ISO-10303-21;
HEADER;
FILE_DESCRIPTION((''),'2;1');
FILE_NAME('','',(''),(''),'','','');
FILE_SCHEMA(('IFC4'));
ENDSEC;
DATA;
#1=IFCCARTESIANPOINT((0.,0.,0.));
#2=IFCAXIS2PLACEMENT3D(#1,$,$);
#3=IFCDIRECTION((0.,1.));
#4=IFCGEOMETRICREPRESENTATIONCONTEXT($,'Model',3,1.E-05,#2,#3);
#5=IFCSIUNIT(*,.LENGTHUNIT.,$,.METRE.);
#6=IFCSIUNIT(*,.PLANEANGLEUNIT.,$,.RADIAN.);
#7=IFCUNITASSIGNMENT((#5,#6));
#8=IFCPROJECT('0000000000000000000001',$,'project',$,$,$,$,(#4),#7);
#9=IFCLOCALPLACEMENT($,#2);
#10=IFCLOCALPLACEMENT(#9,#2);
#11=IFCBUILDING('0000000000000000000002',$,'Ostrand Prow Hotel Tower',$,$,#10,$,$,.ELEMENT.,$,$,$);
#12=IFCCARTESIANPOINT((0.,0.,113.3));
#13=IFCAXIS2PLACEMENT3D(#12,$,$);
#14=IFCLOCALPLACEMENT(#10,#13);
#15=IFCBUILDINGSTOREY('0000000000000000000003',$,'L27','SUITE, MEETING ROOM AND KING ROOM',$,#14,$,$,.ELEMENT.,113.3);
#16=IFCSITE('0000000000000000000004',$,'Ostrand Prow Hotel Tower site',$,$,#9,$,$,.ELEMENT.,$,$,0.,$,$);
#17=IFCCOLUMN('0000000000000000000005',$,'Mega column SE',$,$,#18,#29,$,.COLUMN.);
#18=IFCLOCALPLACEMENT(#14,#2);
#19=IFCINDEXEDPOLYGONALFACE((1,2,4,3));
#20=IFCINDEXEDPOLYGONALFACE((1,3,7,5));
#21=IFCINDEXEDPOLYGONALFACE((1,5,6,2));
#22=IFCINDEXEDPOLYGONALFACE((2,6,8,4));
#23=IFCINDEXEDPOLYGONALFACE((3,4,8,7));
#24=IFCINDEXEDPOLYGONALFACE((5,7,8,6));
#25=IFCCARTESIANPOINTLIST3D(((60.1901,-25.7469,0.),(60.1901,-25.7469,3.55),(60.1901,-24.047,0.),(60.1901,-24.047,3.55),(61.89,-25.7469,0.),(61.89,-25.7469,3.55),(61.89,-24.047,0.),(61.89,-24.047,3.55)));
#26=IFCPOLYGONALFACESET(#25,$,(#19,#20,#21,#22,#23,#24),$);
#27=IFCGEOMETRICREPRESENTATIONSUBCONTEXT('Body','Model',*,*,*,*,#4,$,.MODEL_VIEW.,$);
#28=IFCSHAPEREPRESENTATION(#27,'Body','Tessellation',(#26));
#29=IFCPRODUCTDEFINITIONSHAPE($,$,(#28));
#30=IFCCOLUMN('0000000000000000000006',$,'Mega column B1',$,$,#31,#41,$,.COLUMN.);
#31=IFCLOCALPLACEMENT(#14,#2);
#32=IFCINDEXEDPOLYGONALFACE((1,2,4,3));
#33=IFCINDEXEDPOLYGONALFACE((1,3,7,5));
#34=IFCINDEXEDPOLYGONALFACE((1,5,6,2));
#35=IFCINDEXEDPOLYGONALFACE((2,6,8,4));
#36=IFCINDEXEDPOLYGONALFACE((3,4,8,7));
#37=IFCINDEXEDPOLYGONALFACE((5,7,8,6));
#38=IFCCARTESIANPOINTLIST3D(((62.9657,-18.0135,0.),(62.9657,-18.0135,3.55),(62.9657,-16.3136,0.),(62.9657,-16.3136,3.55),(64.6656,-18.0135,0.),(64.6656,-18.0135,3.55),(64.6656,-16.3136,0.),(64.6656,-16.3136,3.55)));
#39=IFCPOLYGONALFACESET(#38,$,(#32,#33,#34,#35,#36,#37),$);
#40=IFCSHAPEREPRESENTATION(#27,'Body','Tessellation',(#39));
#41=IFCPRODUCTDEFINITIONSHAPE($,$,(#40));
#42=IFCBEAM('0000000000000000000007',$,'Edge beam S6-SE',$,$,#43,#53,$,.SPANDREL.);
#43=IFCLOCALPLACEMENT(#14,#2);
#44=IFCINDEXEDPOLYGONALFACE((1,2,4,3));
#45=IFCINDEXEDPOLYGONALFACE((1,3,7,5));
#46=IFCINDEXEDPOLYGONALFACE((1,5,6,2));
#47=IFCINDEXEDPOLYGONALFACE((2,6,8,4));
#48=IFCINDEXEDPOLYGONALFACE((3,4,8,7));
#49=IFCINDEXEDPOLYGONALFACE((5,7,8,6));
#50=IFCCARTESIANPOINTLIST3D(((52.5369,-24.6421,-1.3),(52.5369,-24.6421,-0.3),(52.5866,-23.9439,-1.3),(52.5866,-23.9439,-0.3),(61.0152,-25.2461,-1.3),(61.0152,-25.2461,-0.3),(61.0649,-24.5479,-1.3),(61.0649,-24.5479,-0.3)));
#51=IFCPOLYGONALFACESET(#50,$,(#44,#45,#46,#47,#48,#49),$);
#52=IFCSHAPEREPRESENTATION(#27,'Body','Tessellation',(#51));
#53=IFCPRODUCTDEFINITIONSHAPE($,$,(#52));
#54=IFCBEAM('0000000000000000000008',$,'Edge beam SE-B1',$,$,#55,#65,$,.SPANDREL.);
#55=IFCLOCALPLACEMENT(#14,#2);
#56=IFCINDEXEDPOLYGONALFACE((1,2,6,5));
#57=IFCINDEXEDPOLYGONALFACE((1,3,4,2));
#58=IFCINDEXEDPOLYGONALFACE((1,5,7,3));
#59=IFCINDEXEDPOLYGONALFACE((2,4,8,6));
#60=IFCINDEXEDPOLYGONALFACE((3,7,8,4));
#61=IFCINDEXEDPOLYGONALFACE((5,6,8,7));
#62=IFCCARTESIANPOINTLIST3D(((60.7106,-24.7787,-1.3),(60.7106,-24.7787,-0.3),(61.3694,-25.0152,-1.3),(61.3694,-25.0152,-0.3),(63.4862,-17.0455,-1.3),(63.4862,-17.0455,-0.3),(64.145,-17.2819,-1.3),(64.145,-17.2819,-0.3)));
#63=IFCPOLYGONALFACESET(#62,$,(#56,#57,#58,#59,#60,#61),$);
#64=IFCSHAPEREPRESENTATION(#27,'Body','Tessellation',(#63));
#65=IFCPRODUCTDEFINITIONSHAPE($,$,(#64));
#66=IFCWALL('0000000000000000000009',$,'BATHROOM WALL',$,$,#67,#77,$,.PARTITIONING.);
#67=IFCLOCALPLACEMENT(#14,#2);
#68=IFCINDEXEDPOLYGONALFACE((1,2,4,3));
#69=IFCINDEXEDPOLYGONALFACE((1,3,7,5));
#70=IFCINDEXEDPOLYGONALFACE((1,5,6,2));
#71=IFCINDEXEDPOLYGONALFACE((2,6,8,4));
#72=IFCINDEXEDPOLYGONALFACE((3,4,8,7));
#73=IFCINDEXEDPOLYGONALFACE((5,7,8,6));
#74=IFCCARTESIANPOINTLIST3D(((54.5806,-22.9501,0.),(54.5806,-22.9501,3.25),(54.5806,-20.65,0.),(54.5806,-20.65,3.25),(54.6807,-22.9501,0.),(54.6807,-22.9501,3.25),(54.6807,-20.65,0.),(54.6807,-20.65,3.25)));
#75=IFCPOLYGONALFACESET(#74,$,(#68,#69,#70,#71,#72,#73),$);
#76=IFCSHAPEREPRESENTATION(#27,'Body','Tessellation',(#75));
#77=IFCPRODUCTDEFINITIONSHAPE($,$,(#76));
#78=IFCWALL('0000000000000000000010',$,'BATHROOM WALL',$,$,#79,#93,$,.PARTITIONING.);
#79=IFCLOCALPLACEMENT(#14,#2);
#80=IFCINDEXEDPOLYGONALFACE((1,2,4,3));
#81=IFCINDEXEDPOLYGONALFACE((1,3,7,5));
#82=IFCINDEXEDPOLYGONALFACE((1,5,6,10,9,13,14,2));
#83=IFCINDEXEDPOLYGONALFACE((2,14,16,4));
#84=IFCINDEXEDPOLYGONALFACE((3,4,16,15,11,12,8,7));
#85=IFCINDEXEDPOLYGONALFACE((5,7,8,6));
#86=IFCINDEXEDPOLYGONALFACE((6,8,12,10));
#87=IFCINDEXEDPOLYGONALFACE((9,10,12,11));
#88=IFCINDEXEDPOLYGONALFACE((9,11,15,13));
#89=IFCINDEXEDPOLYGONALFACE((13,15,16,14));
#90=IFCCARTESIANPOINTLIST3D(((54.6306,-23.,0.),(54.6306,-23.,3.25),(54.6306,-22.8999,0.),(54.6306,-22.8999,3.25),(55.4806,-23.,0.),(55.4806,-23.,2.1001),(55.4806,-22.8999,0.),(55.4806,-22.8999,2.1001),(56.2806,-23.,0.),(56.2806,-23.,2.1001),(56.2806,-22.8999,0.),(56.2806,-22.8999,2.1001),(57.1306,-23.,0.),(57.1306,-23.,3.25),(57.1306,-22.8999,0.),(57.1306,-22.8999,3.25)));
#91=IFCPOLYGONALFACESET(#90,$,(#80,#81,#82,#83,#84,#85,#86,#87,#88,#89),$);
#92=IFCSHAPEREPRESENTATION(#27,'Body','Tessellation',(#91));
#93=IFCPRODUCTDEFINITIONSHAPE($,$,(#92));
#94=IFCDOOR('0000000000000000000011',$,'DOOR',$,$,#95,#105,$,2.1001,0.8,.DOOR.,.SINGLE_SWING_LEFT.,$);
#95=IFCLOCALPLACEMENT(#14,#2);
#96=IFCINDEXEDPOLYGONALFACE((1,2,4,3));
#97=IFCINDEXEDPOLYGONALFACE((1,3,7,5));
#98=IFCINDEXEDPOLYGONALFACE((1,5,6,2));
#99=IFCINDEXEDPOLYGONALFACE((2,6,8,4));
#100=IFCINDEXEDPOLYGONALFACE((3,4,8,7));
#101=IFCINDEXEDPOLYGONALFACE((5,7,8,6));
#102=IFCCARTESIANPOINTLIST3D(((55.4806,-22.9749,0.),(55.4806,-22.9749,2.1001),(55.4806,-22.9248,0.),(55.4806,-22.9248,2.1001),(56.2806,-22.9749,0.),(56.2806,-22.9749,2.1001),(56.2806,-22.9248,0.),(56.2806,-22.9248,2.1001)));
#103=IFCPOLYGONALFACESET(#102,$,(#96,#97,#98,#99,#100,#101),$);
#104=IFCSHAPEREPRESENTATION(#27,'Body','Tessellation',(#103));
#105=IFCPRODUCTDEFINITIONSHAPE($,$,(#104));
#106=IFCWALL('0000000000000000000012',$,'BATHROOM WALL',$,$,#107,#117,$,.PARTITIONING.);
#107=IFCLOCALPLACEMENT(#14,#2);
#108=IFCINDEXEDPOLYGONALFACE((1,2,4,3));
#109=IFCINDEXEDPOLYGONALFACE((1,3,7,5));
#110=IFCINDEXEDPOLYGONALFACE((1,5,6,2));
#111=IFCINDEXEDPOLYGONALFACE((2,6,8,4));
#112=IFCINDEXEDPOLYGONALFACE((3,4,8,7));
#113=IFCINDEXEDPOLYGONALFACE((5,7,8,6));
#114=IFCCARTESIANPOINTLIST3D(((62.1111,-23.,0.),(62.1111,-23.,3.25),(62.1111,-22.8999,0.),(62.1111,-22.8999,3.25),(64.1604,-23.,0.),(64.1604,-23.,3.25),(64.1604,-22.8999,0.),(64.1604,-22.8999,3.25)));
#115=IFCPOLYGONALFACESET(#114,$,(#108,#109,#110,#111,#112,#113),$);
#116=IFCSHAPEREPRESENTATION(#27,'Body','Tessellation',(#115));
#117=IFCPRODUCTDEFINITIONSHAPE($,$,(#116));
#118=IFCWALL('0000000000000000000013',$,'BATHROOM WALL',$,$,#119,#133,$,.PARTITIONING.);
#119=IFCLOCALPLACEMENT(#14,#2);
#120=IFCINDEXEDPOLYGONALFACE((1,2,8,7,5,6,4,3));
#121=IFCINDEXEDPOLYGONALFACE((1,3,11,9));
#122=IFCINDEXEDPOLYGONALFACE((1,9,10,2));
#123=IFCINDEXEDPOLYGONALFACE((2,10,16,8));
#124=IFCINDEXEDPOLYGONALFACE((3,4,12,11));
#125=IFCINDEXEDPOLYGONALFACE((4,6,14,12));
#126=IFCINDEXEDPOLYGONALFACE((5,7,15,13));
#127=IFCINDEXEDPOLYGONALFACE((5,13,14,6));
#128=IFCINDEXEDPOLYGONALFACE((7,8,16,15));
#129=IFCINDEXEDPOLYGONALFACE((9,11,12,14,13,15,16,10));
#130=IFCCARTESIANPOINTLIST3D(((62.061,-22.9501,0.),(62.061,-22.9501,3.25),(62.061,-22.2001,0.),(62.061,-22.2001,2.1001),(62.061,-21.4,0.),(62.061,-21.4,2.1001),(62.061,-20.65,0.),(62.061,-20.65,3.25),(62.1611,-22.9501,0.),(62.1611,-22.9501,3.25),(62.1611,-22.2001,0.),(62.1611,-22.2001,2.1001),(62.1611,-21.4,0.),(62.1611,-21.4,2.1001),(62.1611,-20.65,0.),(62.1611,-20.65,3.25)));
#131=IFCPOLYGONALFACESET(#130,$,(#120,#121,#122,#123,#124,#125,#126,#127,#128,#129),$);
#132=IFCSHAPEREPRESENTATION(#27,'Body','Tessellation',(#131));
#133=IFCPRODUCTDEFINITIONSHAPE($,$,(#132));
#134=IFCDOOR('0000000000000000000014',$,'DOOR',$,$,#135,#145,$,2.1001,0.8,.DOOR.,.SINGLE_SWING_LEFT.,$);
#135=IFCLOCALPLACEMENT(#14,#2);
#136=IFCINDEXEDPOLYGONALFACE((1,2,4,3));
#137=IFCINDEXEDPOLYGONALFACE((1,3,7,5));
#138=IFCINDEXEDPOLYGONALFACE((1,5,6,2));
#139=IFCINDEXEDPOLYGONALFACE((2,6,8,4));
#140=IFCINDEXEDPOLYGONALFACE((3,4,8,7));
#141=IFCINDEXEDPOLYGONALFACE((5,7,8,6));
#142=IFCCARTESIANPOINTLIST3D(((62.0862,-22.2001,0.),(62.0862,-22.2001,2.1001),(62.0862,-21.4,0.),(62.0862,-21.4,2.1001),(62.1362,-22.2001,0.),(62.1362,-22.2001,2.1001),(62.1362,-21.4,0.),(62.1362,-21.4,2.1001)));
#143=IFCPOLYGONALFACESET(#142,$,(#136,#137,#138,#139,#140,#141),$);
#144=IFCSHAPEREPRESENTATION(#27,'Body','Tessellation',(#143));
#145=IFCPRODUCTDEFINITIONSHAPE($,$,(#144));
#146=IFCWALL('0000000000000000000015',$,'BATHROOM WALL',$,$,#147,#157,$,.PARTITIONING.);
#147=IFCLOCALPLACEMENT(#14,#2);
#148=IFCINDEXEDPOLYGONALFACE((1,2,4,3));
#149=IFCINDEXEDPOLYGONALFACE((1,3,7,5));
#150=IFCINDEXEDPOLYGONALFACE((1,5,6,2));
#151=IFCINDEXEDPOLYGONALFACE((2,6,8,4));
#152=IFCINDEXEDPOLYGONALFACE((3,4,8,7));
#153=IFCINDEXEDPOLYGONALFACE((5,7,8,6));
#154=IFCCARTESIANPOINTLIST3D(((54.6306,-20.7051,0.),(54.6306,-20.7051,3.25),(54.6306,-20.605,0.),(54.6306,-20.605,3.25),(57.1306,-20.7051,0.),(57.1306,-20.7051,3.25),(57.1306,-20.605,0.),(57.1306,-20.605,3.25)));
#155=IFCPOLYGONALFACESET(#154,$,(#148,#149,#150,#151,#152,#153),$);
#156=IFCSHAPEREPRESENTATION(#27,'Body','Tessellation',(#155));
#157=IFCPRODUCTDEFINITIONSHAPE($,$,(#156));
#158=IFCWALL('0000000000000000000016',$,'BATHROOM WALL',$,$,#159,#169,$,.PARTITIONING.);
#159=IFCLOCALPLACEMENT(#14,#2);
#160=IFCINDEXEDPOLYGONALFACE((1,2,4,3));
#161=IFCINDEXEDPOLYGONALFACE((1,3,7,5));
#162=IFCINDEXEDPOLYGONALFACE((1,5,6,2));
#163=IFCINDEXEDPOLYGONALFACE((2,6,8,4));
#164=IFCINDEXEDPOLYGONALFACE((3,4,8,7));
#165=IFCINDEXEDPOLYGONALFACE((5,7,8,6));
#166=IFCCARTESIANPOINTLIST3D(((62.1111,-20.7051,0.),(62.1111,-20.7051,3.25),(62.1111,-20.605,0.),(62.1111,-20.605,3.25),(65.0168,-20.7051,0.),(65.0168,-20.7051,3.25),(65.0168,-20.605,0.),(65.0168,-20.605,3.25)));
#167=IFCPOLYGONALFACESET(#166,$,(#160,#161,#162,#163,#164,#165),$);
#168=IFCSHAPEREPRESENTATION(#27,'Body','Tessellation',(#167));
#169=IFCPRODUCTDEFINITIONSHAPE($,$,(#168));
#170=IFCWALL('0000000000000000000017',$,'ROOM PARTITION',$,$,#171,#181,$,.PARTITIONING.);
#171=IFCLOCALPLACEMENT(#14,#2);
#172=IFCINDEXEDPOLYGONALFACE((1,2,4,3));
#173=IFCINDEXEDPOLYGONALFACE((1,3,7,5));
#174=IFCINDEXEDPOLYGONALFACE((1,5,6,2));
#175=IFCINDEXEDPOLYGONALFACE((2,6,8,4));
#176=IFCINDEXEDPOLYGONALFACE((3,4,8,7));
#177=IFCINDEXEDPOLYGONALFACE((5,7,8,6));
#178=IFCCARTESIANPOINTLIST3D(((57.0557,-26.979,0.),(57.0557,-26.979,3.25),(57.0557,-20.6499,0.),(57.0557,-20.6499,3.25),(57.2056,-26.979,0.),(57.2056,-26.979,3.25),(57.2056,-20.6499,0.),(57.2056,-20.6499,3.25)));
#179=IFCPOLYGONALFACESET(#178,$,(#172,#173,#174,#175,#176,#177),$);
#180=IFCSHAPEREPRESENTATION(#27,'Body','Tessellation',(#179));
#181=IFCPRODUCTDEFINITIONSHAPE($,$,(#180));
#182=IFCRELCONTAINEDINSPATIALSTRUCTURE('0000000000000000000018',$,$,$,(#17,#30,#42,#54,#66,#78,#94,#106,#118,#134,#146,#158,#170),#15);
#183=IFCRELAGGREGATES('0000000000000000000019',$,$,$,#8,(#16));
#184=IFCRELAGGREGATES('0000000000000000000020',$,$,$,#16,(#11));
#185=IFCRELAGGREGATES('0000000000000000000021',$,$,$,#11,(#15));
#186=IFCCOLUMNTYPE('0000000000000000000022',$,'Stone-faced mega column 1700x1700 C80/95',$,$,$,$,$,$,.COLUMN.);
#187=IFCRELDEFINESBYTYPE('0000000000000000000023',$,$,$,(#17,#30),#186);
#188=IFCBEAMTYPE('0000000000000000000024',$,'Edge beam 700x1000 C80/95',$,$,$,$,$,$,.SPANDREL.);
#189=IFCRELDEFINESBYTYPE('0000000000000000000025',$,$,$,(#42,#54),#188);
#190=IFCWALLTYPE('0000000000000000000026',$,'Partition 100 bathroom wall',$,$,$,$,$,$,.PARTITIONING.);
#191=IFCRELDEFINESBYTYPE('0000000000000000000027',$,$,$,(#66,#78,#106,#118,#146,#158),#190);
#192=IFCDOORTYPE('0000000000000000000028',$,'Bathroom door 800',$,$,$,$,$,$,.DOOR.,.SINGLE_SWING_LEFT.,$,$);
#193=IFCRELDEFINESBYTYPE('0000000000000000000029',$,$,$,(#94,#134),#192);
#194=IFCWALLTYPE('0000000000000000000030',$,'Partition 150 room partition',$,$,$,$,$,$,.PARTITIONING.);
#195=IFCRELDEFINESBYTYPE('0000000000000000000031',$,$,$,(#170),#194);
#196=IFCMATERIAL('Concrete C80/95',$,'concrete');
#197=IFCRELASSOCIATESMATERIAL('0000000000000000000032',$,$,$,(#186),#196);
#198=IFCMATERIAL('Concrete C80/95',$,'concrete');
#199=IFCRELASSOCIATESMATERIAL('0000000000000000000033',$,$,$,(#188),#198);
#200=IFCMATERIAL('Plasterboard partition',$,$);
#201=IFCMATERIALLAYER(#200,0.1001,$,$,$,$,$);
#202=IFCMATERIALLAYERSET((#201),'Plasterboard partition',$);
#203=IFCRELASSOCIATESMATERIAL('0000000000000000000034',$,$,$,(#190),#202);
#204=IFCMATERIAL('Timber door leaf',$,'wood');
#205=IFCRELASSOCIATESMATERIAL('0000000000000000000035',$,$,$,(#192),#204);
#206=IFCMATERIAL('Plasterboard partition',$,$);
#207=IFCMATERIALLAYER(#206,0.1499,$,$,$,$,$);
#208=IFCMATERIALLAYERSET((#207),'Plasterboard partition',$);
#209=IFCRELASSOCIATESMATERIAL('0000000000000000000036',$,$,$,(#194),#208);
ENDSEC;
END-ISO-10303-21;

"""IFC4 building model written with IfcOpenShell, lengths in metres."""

from ifc_helpers import new_model, si_unit, direction, frame, frame_2d, origin, origin_2d, place, context, subcontext, project, spatial, rectangle, extrude, material, layer, layer_set, material_profile, profile_set, type_object, element, fill, save


model = new_model("IFC4")

# Units and contexts
model_context = context("Model", 3, precision=1e-05, world=origin(), true_north=direction((0.0, 1.0)))
body_context = subcontext(model_context, "Body", "Model", "MODEL_VIEW")
ifc_project = project(units=[si_unit("LENGTHUNIT", "METRE"), si_unit("PLANEANGLEUNIT", "RADIAN")], contexts=[model_context])

# Site, building, storey
site_placement = place(None, origin())
site = spatial("IfcSite", under=ifc_project, at=site_placement, Name="Ostrand Prow Hotel Tower site", CompositionType="ELEMENT", RefElevation=0.0)
building_placement = place(site_placement, origin())
building = spatial("IfcBuilding", under=site, at=building_placement, Name="Ostrand Prow Hotel Tower", CompositionType="ELEMENT")
storey_placement = place(building_placement, frame((0.0, 0.0, 113.3)))
storey = spatial("IfcBuildingStorey", under=building, at=storey_placement, Name="L27", Description="SUITE, MEETING ROOM AND KING ROOM", CompositionType="ELEMENT", Elevation=113.3)

# Columns
ifc_material_1 = material(Name="Concrete C80/95", Category="concrete")
ifc_material_profile_1 = material_profile(ifc_material_1, rectangle(XDim=1.7, YDim=1.7, at=origin_2d()), Name="RC 1700x1700")
ifc_profile_set_1 = profile_set([ifc_material_profile_1], Name="Concrete C80/95")
column_type = type_object("IfcColumnType", Name="Stone-faced mega column 1700x1700 C80/95", PredefinedType="COLUMN", material=ifc_profile_set_1)
for number, where, z_axis, x_axis, name in (
    (1, (61.04, -24.897, 0.0), (0.0, 0.0, 1.0), (1.0, 0.0, 0.0), "Mega column SE"),
    (2, (63.8157, -17.1636, 0.0), (0.0, 0.0, 1.0), (1.0, 0.0, 0.0), "Mega column B1"),
):
    element("IfcColumn", number, at=place(storey_placement, frame(where, z_axis=z_axis, x_axis=x_axis)), inside=storey, type_object=column_type, Name=name, PredefinedType="COLUMN", context=body_context, shape_type="SweptSolid", body=[
        extrude(rectangle(XDim=1.7, YDim=1.7, at=origin_2d()), origin(), (0.0, 0.0, 1.0), 3.55),
    ])

# Beams
ifc_material_2 = material(Name="Concrete C80/95", Category="concrete")
ifc_material_profile_2 = material_profile(ifc_material_2, rectangle(XDim=0.7, YDim=1.0, at=origin_2d()), Name="RC 700x1000")
ifc_profile_set_2 = profile_set([ifc_material_profile_2], Name="Concrete C80/95")
beam_type = type_object("IfcBeamType", Name="Edge beam 700x1000 C80/95", PredefinedType="SPANDREL", material=ifc_profile_set_2)
beam_1_placement = place(storey_placement, frame((52.5618, -24.293, -0.8), z_axis=(0.997472, -0.071061, 0.0), x_axis=(0.071061, 0.997472, 0.0)))
element("IfcBeam", 3, at=beam_1_placement, inside=storey, type_object=beam_type, Name="Edge beam S6-SE", PredefinedType="SPANDREL", context=body_context, shape_type="SweptSolid", body=[
    extrude(rectangle(XDim=0.7, YDim=1.0, at=origin_2d()), origin(), (0.0, 0.0, 1.0), 8.4998),
])
beam_2_placement = place(storey_placement, frame((61.04, -24.897, -0.8), z_axis=(0.337815, 0.941212, 0.0), x_axis=(-0.941212, 0.337815, 0.0)))
element("IfcBeam", 4, at=beam_2_placement, inside=storey, type_object=beam_type, Name="Edge beam SE-B1", PredefinedType="SPANDREL", context=body_context, shape_type="SweptSolid", body=[
    extrude(rectangle(XDim=0.7, YDim=1.0, at=origin_2d()), origin(), (0.0, 0.0, 1.0), 8.2163),
])

# Wall
ifc_material_3 = material(Name="Plasterboard partition")
ifc_layer_1 = layer(ifc_material_3, 0.1001)
ifc_layer_set_1 = layer_set([ifc_layer_1], Name="Plasterboard partition")
wall_type_1 = type_object("IfcWallType", Name="Partition 100 bathroom wall", PredefinedType="PARTITIONING", material=ifc_layer_set_1)
wall_1_placement = place(storey_placement, frame((54.6306, -22.95, 0.0), z_axis=(0.0, 0.0, 1.0), x_axis=(0.0, 1.0, 0.0)))
element("IfcWall", 5, at=wall_1_placement, inside=storey, type_object=wall_type_1, Name="BATHROOM WALL", PredefinedType="PARTITIONING", context=body_context, shape_type="SweptSolid", body=[
    extrude(rectangle(XDim=2.3, YDim=0.1001, at=frame_2d((1.1499, 0.0))), origin(), (0.0, 0.0, 1.0), 3.25),
])

# Wall, opening, door
wall_2_placement = place(storey_placement, frame((57.1306, -22.95, 0.0), z_axis=(0.0, 0.0, 1.0), x_axis=(-1.0, 0.0, 0.0)))
wall_2 = element("IfcWall", 6, at=wall_2_placement, inside=storey, type_object=wall_type_1, Name="BATHROOM WALL", PredefinedType="PARTITIONING", context=body_context, shape_type="SweptSolid", body=[
    extrude(rectangle(XDim=2.5, YDim=0.1001, at=frame_2d((1.25, 0.0))), origin(), (0.0, 0.0, 1.0), 3.25),
])
opening_1_placement = place(wall_2_placement, frame((0.8501, 0.0, 0.0)))
opening_1 = element("IfcOpeningElement", 7, at=opening_1_placement, cuts=wall_2, PredefinedType="OPENING", context=body_context, shape_type="SweptSolid", body=[
    extrude(rectangle(XDim=0.8, YDim=2.1001, at=frame_2d((0.3999, 1.05))), frame((0.0, 0.0601, 0.0), z_axis=(0.0, -1.0, 0.0), x_axis=(1.0, 0.0, 0.0)), (0.0, 0.0, 1.0), 0.1201),
])
ifc_material_4 = material(Name="Timber door leaf", Category="wood")
door_type_1 = type_object("IfcDoorType", Name="Bathroom door 800", OperationType="SINGLE_SWING_LEFT", PredefinedType="DOOR", material=ifc_material_4)
door_1_placement = place(opening_1_placement, origin())
door_1 = element("IfcDoor", 8, at=door_1_placement, inside=storey, type_object=door_type_1, Name="DOOR", OperationType="SINGLE_SWING_LEFT", OverallHeight=2.1001, OverallWidth=0.8, PredefinedType="DOOR", context=body_context, shape_type="SweptSolid", body=[
    extrude(rectangle(XDim=0.8, YDim=2.1001, at=frame_2d((0.3999, 1.05))), frame((0.0, 0.0249, 0.0), z_axis=(0.0, -1.0, 0.0), x_axis=(1.0, 0.0, 0.0)), (0.0, 0.0, 1.0), 0.05),
])
fill(opening_1, door_1)

# Wall
wall_3_placement = place(storey_placement, frame((64.1604, -22.95, 0.0), z_axis=(0.0, 0.0, 1.0), x_axis=(-1.0, 0.0, 0.0)))
element("IfcWall", 9, at=wall_3_placement, inside=storey, type_object=wall_type_1, Name="BATHROOM WALL", PredefinedType="PARTITIONING", context=body_context, shape_type="SweptSolid", body=[
    extrude(rectangle(XDim=2.0493, YDim=0.1001, at=frame_2d((1.0247, 0.0))), origin(), (0.0, 0.0, 1.0), 3.25),
])

# Wall, opening, door
wall_4_placement = place(storey_placement, frame((62.1111, -22.95, 0.0), z_axis=(0.0, 0.0, 1.0), x_axis=(0.0, 1.0, 0.0)))
wall_4 = element("IfcWall", 10, at=wall_4_placement, inside=storey, type_object=wall_type_1, Name="BATHROOM WALL", PredefinedType="PARTITIONING", context=body_context, shape_type="SweptSolid", body=[
    extrude(rectangle(XDim=2.3, YDim=0.1001, at=frame_2d((1.1499, 0.0))), origin(), (0.0, 0.0, 1.0), 3.25),
])
opening_2_placement = place(wall_4_placement, frame((0.75, 0.0, 0.0)))
opening_2 = element("IfcOpeningElement", 11, at=opening_2_placement, cuts=wall_4, PredefinedType="OPENING", context=body_context, shape_type="SweptSolid", body=[
    extrude(rectangle(XDim=0.8, YDim=2.1001, at=frame_2d((0.3999, 1.05))), frame((0.0, 0.0601, 0.0), z_axis=(0.0, -1.0, 0.0), x_axis=(1.0, 0.0, 0.0)), (0.0, 0.0, 1.0), 0.1201),
])
door_2_placement = place(opening_2_placement, origin())
door_2 = element("IfcDoor", 12, at=door_2_placement, inside=storey, type_object=door_type_1, Name="DOOR", OperationType="SINGLE_SWING_LEFT", OverallHeight=2.1001, OverallWidth=0.8, PredefinedType="DOOR", context=body_context, shape_type="SweptSolid", body=[
    extrude(rectangle(XDim=0.8, YDim=2.1001, at=frame_2d((0.3999, 1.05))), frame((0.0, 0.0249, 0.0), z_axis=(0.0, -1.0, 0.0), x_axis=(1.0, 0.0, 0.0)), (0.0, 0.0, 1.0), 0.05),
])
fill(opening_2, door_2)

# Walls
wall_5_placement = place(storey_placement, frame((54.6306, -20.655, 0.0), z_axis=(0.0, 0.0, 1.0), x_axis=(1.0, 0.0, 0.0)))
element("IfcWall", 13, at=wall_5_placement, inside=storey, type_object=wall_type_1, Name="BATHROOM WALL", PredefinedType="PARTITIONING", context=body_context, shape_type="SweptSolid", body=[
    extrude(rectangle(XDim=2.5, YDim=0.1001, at=frame_2d((1.25, 0.0))), origin(), (0.0, 0.0, 1.0), 3.25),
])
wall_6_placement = place(storey_placement, frame((62.1111, -20.655, 0.0), z_axis=(0.0, 0.0, 1.0), x_axis=(1.0, 0.0, 0.0)))
element("IfcWall", 14, at=wall_6_placement, inside=storey, type_object=wall_type_1, Name="BATHROOM WALL", PredefinedType="PARTITIONING", context=body_context, shape_type="SweptSolid", body=[
    extrude(rectangle(XDim=2.9058, YDim=0.1001, at=frame_2d((1.4529, 0.0))), origin(), (0.0, 0.0, 1.0), 3.25),
])
ifc_material_5 = material(Name="Plasterboard partition")
ifc_layer_2 = layer(ifc_material_5, 0.1499)
ifc_layer_set_2 = layer_set([ifc_layer_2], Name="Plasterboard partition")
wall_type_2 = type_object("IfcWallType", Name="Partition 150 room partition", PredefinedType="PARTITIONING", material=ifc_layer_set_2)
wall_7_placement = place(storey_placement, frame((57.1306, -26.979, 0.0), z_axis=(0.0, 0.0, 1.0), x_axis=(0.0, 1.0, 0.0)))
element("IfcWall", 15, at=wall_7_placement, inside=storey, type_object=wall_type_2, Name="ROOM PARTITION", PredefinedType="PARTITIONING", context=body_context, shape_type="SweptSolid", body=[
    extrude(rectangle(XDim=6.3291, YDim=0.1499, at=frame_2d((3.1646, 0.0))), origin(), (0.0, 0.0, 1.0), 3.25),
])

save(model, "model.ifc")
